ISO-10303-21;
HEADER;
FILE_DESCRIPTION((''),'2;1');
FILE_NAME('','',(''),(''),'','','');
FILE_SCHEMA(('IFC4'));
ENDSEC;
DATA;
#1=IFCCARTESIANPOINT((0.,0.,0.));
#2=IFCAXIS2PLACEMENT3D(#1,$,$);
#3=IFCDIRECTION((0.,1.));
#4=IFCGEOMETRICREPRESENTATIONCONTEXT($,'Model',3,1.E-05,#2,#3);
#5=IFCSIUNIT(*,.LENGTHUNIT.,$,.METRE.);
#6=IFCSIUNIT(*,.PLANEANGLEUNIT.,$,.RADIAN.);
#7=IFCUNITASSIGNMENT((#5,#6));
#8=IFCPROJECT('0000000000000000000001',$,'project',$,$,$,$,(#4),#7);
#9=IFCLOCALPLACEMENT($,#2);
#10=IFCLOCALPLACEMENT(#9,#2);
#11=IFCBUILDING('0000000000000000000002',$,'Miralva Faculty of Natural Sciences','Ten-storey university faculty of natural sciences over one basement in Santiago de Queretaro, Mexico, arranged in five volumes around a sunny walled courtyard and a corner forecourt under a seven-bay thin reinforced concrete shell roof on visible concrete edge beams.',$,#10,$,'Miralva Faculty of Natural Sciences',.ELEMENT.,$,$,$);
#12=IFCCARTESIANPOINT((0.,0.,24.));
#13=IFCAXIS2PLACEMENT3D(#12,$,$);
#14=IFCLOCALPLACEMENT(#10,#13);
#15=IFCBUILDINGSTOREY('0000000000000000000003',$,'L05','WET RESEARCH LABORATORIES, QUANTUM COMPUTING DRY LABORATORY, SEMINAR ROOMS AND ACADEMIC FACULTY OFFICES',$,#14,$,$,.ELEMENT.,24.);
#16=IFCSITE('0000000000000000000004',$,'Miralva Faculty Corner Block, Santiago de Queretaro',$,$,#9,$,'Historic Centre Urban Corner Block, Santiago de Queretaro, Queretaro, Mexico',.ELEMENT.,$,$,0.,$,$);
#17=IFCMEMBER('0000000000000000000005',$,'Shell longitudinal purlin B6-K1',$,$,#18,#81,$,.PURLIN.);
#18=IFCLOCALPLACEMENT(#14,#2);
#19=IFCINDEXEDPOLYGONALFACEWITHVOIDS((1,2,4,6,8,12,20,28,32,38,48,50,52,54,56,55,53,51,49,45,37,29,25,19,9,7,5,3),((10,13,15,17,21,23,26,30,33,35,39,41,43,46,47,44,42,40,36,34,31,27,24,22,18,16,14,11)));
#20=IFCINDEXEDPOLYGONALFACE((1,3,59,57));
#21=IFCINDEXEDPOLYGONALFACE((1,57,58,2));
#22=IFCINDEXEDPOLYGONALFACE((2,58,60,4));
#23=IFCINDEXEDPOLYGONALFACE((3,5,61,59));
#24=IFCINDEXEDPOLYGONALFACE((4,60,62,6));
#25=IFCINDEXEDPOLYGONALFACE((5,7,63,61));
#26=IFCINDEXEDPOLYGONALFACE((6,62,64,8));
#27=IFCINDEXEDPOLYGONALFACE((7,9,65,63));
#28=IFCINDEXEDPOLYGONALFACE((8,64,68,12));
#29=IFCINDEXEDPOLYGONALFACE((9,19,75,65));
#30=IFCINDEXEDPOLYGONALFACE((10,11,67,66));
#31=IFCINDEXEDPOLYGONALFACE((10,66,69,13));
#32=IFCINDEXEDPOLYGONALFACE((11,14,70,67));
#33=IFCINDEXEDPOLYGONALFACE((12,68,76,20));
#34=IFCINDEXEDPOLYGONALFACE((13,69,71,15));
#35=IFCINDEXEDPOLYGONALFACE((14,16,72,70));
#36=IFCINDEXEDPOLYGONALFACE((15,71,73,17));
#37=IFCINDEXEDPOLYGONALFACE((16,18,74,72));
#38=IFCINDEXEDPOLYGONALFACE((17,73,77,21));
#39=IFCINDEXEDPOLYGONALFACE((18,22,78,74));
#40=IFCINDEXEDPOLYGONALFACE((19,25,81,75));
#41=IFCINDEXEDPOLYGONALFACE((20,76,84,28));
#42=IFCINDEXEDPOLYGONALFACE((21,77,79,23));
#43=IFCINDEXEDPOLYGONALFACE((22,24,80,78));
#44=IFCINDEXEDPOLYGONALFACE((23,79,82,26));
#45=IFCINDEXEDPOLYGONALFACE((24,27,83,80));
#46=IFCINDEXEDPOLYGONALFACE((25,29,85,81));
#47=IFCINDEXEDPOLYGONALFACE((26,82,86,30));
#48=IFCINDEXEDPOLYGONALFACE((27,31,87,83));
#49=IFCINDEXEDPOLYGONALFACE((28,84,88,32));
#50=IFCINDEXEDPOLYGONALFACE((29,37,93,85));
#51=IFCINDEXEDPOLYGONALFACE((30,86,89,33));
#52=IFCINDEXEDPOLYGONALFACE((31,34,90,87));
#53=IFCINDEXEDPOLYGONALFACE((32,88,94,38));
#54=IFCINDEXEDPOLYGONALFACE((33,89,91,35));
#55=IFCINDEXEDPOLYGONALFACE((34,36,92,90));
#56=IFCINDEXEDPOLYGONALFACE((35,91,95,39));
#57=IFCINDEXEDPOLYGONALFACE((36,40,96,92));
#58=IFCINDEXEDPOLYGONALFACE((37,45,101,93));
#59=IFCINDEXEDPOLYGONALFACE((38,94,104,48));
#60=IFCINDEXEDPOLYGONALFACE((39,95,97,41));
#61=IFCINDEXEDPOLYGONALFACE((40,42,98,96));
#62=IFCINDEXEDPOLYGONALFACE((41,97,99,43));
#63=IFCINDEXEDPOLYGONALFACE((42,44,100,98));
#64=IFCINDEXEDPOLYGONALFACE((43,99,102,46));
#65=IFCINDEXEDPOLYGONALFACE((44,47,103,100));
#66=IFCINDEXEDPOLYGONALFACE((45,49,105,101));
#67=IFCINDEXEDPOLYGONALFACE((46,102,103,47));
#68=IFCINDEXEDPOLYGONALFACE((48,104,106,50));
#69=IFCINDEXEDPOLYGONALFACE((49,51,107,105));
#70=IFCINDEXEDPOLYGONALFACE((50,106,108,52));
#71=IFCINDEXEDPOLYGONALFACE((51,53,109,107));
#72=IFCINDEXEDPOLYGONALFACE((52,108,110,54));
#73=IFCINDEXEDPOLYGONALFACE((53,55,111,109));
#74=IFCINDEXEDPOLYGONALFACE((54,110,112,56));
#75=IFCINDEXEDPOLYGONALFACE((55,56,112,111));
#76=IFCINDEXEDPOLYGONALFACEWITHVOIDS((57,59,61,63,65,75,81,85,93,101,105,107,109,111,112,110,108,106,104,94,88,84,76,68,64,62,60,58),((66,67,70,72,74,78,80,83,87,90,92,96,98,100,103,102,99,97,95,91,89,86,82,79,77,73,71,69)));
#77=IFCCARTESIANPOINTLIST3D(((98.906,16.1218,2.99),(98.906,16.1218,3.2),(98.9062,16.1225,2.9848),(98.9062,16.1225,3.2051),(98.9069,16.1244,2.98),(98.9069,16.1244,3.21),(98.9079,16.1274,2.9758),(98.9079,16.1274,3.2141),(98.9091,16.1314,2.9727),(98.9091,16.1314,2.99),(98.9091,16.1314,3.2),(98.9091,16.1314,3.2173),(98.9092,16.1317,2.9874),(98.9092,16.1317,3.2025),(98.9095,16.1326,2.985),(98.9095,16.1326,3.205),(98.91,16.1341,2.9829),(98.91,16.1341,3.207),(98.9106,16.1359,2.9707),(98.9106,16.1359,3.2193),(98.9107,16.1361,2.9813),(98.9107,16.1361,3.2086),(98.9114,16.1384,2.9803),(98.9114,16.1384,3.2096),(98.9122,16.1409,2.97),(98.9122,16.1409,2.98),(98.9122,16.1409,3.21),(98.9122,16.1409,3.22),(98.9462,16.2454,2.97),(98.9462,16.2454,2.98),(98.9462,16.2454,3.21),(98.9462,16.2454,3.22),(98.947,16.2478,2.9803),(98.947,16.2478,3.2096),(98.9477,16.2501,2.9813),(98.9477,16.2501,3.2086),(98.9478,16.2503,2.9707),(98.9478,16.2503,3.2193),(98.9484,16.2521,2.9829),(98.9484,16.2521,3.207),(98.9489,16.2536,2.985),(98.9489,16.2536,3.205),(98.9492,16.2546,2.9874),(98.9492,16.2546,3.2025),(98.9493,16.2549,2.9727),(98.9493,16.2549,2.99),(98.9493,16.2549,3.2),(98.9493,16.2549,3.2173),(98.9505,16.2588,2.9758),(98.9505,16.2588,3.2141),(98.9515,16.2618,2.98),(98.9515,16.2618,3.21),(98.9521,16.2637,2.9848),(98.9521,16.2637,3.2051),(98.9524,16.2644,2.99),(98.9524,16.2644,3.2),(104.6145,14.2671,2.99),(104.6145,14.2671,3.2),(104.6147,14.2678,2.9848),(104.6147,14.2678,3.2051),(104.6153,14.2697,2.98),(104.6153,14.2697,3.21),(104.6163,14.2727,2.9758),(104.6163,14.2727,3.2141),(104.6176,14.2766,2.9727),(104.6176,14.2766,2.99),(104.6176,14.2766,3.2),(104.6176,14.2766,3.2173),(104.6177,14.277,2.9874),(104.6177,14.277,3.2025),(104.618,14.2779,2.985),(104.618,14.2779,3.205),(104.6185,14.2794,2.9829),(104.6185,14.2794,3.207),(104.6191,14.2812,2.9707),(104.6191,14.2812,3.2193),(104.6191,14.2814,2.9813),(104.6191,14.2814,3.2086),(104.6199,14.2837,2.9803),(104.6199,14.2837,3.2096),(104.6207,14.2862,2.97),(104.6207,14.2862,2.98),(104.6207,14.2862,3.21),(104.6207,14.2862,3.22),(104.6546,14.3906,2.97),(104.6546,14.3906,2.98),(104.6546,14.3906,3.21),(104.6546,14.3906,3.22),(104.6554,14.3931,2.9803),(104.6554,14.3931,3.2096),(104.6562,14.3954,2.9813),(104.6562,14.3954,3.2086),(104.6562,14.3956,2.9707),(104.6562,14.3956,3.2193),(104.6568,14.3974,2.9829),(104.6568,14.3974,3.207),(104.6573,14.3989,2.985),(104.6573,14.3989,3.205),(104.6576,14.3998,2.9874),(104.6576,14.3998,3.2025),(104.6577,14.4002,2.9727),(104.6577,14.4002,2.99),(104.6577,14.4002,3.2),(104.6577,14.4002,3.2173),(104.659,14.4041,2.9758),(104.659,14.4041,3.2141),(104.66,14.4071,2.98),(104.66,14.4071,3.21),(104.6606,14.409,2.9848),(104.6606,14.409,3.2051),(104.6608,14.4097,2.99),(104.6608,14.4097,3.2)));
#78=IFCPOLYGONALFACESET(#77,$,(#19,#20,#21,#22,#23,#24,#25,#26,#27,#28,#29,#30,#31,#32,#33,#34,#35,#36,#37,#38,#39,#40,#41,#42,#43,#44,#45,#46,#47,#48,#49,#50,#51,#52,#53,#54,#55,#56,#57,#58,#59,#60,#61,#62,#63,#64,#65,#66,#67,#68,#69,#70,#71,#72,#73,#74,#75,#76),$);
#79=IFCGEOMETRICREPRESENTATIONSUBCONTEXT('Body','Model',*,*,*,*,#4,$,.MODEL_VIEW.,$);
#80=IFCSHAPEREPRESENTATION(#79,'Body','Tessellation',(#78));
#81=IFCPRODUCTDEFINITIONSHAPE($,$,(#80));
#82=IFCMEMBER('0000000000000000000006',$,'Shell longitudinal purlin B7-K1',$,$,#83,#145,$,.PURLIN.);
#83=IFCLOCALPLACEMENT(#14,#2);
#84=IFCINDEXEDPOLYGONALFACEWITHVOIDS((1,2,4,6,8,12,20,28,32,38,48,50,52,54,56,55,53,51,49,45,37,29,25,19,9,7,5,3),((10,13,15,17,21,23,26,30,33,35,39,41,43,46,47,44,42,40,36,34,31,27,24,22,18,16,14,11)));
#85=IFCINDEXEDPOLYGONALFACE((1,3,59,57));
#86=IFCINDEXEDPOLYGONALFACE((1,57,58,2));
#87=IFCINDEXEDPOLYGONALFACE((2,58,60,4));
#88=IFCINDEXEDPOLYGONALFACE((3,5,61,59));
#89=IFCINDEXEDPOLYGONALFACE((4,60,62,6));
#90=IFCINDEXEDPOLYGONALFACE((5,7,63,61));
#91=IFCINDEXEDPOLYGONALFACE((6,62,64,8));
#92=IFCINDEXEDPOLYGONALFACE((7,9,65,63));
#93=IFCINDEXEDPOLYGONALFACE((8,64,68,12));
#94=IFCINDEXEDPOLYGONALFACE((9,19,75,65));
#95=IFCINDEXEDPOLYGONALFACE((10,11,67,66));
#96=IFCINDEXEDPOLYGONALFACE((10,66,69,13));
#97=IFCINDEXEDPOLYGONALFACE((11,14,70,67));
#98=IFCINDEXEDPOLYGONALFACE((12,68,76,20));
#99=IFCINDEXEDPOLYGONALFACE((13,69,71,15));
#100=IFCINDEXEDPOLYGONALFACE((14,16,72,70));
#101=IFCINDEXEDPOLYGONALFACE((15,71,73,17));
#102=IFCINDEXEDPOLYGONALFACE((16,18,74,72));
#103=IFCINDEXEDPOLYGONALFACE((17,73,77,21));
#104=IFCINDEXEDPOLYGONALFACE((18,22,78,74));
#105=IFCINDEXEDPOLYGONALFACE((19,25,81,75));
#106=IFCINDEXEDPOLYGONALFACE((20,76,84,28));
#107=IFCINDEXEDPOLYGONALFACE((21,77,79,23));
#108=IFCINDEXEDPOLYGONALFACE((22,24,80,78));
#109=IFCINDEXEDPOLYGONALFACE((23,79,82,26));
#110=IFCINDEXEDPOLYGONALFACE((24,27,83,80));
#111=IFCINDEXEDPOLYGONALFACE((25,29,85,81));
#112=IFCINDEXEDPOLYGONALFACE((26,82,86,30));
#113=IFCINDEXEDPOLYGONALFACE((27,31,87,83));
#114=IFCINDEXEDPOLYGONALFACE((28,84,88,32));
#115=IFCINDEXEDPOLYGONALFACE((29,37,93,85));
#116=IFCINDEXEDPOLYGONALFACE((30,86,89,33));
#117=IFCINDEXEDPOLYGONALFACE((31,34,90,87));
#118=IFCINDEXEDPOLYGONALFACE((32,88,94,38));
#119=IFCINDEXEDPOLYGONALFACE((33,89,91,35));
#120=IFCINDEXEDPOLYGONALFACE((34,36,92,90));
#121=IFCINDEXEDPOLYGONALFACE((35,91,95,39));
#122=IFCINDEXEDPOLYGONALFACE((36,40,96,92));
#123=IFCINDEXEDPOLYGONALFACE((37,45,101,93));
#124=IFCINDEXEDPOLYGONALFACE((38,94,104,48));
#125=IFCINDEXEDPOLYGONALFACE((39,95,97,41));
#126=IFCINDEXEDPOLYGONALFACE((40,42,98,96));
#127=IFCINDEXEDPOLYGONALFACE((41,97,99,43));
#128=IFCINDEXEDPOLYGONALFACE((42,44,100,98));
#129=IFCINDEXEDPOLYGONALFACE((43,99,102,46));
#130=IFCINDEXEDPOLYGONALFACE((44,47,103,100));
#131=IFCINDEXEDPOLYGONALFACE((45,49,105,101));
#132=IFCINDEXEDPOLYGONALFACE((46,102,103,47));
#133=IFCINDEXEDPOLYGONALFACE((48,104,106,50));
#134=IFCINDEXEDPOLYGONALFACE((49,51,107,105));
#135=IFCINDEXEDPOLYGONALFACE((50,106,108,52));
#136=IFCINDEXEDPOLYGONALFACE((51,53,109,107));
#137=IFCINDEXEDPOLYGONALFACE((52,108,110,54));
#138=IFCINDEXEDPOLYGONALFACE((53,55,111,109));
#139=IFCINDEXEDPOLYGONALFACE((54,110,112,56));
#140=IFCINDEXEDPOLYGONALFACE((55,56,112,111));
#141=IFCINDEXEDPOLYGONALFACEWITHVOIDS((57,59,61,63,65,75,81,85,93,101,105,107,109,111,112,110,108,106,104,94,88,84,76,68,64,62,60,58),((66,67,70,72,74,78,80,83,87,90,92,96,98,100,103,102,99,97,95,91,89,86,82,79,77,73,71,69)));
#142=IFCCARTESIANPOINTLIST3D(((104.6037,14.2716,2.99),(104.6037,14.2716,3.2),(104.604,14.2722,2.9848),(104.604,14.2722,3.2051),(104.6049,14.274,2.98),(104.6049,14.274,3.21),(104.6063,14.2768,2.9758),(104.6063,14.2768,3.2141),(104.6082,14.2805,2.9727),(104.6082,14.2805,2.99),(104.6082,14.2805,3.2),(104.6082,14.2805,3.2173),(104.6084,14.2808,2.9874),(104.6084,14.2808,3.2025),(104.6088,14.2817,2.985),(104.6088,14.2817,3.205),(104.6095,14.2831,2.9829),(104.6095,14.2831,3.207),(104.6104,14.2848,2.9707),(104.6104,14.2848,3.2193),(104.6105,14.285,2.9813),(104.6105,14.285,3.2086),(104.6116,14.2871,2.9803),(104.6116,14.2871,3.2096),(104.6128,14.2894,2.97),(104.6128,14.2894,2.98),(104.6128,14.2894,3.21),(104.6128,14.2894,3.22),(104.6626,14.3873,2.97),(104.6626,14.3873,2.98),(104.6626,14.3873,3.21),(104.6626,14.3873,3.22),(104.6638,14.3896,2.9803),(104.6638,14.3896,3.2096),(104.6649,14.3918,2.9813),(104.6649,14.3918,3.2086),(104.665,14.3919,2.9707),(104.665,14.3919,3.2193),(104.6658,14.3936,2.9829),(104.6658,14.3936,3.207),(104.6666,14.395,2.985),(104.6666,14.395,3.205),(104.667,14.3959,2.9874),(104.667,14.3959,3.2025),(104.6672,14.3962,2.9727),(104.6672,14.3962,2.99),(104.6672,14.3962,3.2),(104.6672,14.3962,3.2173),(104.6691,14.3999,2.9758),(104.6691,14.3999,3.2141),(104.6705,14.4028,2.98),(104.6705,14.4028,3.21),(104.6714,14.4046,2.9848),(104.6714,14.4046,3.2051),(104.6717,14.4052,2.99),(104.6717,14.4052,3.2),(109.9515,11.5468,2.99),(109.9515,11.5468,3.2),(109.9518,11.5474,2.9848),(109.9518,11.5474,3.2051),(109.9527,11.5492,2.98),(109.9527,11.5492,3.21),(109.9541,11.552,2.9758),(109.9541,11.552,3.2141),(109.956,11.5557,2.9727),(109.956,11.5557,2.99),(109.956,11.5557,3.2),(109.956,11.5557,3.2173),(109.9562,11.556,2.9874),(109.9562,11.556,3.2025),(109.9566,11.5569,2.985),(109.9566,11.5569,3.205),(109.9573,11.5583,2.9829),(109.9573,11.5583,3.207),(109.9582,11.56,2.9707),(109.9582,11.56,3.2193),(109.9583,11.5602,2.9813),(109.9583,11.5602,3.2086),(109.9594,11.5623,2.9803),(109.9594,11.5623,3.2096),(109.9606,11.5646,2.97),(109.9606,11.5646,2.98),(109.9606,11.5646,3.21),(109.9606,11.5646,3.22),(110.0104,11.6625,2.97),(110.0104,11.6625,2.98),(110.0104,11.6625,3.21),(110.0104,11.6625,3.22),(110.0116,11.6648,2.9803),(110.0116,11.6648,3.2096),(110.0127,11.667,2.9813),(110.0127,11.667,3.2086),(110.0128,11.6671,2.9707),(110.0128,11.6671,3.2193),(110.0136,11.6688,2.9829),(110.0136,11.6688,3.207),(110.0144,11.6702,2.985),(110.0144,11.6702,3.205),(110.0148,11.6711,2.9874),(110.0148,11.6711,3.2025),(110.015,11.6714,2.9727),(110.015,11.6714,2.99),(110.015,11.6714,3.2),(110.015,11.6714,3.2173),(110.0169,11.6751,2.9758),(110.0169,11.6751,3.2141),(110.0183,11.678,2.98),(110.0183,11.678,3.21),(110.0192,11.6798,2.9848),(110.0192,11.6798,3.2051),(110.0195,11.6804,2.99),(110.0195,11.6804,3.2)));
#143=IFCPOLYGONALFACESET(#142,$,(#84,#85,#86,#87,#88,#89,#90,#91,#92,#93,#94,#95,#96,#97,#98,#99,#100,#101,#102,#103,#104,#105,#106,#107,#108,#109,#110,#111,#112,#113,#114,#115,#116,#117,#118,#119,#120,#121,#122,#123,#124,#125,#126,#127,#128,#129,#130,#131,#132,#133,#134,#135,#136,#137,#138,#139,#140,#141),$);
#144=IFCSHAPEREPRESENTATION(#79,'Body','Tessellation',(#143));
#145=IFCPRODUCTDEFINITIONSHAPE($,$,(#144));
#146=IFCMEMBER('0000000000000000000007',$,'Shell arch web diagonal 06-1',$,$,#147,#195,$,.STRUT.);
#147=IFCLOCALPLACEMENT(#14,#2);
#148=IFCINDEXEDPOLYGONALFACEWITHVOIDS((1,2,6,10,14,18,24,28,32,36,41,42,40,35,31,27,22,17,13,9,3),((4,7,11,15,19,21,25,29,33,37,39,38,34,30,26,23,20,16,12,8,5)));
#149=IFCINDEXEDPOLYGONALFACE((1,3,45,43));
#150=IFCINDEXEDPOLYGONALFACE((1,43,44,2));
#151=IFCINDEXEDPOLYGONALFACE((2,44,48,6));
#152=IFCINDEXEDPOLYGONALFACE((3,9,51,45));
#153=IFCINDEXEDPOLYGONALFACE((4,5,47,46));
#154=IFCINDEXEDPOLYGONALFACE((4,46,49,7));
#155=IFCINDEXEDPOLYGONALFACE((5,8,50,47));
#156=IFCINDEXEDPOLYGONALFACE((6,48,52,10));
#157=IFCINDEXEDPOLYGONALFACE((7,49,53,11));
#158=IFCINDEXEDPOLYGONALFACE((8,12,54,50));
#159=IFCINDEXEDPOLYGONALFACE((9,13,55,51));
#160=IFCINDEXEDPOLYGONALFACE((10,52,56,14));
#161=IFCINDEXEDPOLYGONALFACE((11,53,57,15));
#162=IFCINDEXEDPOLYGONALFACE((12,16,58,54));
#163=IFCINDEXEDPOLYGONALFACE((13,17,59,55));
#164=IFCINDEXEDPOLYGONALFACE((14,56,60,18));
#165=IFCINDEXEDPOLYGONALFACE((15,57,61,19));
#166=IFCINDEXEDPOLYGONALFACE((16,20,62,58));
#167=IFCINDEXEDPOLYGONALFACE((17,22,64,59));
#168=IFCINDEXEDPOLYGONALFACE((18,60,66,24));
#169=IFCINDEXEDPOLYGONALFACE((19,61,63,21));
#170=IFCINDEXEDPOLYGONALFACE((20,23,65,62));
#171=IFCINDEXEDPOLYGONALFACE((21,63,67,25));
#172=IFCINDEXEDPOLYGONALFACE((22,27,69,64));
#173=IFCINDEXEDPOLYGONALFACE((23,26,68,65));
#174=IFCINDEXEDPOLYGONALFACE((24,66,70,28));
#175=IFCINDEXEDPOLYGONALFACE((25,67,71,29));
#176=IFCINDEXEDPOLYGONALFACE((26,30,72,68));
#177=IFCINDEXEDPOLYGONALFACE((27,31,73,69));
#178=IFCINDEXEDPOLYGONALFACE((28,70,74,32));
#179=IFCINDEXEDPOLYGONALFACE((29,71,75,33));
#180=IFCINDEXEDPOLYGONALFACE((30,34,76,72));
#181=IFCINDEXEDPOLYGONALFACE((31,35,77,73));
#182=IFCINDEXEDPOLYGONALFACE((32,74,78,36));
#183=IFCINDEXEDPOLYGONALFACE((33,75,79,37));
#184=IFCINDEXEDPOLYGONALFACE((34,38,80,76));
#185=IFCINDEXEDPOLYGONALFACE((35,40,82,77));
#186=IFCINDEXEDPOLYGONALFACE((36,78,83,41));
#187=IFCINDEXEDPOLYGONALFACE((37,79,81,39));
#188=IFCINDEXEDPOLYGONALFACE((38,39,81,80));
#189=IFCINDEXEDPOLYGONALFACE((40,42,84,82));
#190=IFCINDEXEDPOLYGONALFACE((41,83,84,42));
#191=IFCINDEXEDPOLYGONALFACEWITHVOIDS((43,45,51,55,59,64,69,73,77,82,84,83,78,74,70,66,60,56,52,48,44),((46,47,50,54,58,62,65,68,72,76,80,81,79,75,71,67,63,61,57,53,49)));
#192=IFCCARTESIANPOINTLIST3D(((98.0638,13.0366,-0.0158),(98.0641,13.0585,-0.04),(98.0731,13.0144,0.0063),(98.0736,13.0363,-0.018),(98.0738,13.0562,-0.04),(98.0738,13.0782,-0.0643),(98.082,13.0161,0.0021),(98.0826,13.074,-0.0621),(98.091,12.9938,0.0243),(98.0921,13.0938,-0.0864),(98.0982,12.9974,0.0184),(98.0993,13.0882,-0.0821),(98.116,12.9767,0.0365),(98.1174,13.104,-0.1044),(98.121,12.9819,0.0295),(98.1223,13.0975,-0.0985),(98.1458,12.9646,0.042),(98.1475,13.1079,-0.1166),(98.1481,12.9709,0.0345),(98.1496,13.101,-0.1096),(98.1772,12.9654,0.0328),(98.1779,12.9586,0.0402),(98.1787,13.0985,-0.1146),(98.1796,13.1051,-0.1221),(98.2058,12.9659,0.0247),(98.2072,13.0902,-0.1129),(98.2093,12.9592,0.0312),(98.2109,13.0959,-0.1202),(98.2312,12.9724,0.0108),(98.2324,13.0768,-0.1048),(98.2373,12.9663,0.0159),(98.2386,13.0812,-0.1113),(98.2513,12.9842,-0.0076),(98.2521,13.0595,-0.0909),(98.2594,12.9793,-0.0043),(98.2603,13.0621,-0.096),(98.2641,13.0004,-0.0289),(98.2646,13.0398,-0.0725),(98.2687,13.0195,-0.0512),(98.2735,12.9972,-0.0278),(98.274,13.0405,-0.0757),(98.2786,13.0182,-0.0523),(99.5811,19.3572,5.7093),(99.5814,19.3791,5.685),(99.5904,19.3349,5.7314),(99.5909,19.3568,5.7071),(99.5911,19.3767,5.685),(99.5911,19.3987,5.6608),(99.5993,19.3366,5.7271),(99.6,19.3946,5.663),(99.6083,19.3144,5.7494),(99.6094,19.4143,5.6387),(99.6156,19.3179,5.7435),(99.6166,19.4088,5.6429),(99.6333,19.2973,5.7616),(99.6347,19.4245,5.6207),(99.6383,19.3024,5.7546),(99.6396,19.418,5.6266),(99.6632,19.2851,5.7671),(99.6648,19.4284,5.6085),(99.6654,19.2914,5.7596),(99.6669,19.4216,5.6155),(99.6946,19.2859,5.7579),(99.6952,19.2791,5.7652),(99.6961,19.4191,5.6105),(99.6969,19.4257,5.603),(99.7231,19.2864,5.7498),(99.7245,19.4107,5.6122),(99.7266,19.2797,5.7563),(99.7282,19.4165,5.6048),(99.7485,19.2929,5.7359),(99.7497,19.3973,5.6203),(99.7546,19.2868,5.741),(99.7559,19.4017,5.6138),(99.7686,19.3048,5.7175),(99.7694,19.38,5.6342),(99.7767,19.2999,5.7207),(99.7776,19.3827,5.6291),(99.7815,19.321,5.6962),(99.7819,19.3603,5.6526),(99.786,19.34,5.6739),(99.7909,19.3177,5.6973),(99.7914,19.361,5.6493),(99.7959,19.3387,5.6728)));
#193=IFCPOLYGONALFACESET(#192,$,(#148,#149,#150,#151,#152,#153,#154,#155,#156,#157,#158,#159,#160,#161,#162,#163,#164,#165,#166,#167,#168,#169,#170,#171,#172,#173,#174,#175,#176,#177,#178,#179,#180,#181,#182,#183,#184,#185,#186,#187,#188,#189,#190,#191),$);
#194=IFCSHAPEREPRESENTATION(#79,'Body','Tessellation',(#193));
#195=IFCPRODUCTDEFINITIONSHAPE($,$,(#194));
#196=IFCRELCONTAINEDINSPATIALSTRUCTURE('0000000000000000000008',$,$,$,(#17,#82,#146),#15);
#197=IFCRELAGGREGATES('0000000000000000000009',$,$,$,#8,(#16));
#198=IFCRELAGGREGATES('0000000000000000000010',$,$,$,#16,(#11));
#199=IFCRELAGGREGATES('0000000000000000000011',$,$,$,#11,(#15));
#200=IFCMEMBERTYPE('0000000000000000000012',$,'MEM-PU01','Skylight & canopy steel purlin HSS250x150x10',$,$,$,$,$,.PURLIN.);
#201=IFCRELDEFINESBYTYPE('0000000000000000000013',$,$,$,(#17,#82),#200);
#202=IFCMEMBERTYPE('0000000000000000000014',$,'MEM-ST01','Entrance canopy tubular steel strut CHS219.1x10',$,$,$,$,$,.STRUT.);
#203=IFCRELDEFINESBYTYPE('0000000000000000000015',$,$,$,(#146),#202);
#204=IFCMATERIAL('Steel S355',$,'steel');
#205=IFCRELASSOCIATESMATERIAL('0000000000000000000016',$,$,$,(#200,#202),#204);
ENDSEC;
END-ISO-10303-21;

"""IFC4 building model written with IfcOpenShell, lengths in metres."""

from ifc_helpers import new_model, si_unit, direction, frame, origin, origin_2d, place, context, subcontext, project, spatial, hollow_rectangle, hollow_circle, extrude, material, material_profile, profile_set, type_object, element, save


model = new_model("IFC4")

# Units and contexts
model_context = context("Model", 3, precision=1e-05, world=origin(), true_north=direction((0.0, 1.0)))
body_context = subcontext(model_context, "Body", "Model", "MODEL_VIEW")
ifc_project = project(units=[si_unit("LENGTHUNIT", "METRE"), si_unit("PLANEANGLEUNIT", "RADIAN")], contexts=[model_context])

# Site, building, storey
site_placement = place(None, origin())
site = spatial("IfcSite", under=ifc_project, at=site_placement, Name="Miralva Faculty Corner Block, Santiago de Queretaro", LongName="Historic Centre Urban Corner Block, Santiago de Queretaro, Queretaro, Mexico", CompositionType="ELEMENT", RefElevation=0.0)
building_placement = place(site_placement, origin())
building = spatial("IfcBuilding", under=site, at=building_placement, Name="Miralva Faculty of Natural Sciences", Description="Ten-storey university faculty of natural sciences over one basement in Santiago de Queretaro, Mexico, arranged in five volumes around a sunny walled courtyard and a corner forecourt under a seven-bay thin reinforced concrete shell roof on visible concrete edge beams.", LongName="Miralva Faculty of Natural Sciences", CompositionType="ELEMENT")
storey_placement = place(building_placement, frame((0.0, 0.0, 24.0)))
storey = spatial("IfcBuildingStorey", under=building, at=storey_placement, Name="L05", Description="WET RESEARCH LABORATORIES, QUANTUM COMPUTING DRY LABORATORY, SEMINAR ROOMS AND ACADEMIC FACULTY OFFICES", CompositionType="ELEMENT", Elevation=24.0)

# Shared definitions
ifc_material_1 = material(Name="Steel S355", Category="steel")

# Members
ifc_material_profile_1 = material_profile(ifc_material_1, hollow_rectangle(XDim=0.1499, YDim=0.25, WallThickness=0.01, InnerFilletRadius=0.01, OuterFilletRadius=0.02, at=origin_2d()), Name="HSS 250x150x10")
ifc_profile_set_1 = profile_set([ifc_material_profile_1], Name="Steel S355")
member_type_1 = type_object("IfcMemberType", Name="MEM-PU01", Description="Skylight & canopy steel purlin HSS250x150x10", PredefinedType="PURLIN", material=ifc_profile_set_1)
member_1_placement = place(storey_placement, frame((98.9292, 16.1931, 3.095), z_axis=(0.95106, -0.309007, 0.0), x_axis=(0.309007, 0.95106, 0.0)))
element("IfcMember", 1, at=member_1_placement, inside=storey, type_object=member_type_1, Name="Shell longitudinal purlin B6-K1", PredefinedType="PURLIN", context=body_context, shape_type="SweptSolid", body=[
    extrude(hollow_rectangle(XDim=0.1499, YDim=0.25, WallThickness=0.01, InnerFilletRadius=0.01, OuterFilletRadius=0.02, at=origin_2d()), origin(), (0.0, 0.0, 1.0), 6.0022),
])
member_2_placement = place(storey_placement, frame((104.6377, 14.3384, 3.095), z_axis=(0.891009, -0.453985, 0.0), x_axis=(0.453985, 0.891009, 0.0)))
element("IfcMember", 2, at=member_2_placement, inside=storey, type_object=member_type_1, Name="Shell longitudinal purlin B7-K1", PredefinedType="PURLIN", context=body_context, shape_type="SweptSolid", body=[
    extrude(hollow_rectangle(XDim=0.1499, YDim=0.25, WallThickness=0.01, InnerFilletRadius=0.01, OuterFilletRadius=0.02, at=origin_2d()), origin(), (0.0, 0.0, 1.0), 6.002),
])
ifc_material_profile_2 = material_profile(ifc_material_1, hollow_circle(Radius=0.1096, WallThickness=0.01, at=origin_2d()), Name="CHS 219.1x10")
ifc_profile_set_2 = profile_set([ifc_material_profile_2], Name="Steel S355")
member_type_2 = type_object("IfcMemberType", Name="MEM-ST01", Description="Entrance canopy tubular steel strut CHS219.1x10", PredefinedType="STRUT", material=ifc_profile_set_2)
member_3_placement = place(storey_placement, frame((98.1707, 13.033, -0.04), z_axis=(0.175173, 0.729696, 0.660952), x_axis=(-0.972373, 0.233431, 0.0)))
element("IfcMember", 3, at=member_3_placement, inside=storey, type_object=member_type_2, Name="Shell arch web diagonal 06-1", PredefinedType="STRUT", context=body_context, shape_type="SweptSolid", body=[
    extrude(hollow_circle(Radius=0.1096, WallThickness=0.01, at=origin_2d()), origin(), (0.0, 0.0, 1.0), 8.6619),
])

save(model, "model.ifc")
